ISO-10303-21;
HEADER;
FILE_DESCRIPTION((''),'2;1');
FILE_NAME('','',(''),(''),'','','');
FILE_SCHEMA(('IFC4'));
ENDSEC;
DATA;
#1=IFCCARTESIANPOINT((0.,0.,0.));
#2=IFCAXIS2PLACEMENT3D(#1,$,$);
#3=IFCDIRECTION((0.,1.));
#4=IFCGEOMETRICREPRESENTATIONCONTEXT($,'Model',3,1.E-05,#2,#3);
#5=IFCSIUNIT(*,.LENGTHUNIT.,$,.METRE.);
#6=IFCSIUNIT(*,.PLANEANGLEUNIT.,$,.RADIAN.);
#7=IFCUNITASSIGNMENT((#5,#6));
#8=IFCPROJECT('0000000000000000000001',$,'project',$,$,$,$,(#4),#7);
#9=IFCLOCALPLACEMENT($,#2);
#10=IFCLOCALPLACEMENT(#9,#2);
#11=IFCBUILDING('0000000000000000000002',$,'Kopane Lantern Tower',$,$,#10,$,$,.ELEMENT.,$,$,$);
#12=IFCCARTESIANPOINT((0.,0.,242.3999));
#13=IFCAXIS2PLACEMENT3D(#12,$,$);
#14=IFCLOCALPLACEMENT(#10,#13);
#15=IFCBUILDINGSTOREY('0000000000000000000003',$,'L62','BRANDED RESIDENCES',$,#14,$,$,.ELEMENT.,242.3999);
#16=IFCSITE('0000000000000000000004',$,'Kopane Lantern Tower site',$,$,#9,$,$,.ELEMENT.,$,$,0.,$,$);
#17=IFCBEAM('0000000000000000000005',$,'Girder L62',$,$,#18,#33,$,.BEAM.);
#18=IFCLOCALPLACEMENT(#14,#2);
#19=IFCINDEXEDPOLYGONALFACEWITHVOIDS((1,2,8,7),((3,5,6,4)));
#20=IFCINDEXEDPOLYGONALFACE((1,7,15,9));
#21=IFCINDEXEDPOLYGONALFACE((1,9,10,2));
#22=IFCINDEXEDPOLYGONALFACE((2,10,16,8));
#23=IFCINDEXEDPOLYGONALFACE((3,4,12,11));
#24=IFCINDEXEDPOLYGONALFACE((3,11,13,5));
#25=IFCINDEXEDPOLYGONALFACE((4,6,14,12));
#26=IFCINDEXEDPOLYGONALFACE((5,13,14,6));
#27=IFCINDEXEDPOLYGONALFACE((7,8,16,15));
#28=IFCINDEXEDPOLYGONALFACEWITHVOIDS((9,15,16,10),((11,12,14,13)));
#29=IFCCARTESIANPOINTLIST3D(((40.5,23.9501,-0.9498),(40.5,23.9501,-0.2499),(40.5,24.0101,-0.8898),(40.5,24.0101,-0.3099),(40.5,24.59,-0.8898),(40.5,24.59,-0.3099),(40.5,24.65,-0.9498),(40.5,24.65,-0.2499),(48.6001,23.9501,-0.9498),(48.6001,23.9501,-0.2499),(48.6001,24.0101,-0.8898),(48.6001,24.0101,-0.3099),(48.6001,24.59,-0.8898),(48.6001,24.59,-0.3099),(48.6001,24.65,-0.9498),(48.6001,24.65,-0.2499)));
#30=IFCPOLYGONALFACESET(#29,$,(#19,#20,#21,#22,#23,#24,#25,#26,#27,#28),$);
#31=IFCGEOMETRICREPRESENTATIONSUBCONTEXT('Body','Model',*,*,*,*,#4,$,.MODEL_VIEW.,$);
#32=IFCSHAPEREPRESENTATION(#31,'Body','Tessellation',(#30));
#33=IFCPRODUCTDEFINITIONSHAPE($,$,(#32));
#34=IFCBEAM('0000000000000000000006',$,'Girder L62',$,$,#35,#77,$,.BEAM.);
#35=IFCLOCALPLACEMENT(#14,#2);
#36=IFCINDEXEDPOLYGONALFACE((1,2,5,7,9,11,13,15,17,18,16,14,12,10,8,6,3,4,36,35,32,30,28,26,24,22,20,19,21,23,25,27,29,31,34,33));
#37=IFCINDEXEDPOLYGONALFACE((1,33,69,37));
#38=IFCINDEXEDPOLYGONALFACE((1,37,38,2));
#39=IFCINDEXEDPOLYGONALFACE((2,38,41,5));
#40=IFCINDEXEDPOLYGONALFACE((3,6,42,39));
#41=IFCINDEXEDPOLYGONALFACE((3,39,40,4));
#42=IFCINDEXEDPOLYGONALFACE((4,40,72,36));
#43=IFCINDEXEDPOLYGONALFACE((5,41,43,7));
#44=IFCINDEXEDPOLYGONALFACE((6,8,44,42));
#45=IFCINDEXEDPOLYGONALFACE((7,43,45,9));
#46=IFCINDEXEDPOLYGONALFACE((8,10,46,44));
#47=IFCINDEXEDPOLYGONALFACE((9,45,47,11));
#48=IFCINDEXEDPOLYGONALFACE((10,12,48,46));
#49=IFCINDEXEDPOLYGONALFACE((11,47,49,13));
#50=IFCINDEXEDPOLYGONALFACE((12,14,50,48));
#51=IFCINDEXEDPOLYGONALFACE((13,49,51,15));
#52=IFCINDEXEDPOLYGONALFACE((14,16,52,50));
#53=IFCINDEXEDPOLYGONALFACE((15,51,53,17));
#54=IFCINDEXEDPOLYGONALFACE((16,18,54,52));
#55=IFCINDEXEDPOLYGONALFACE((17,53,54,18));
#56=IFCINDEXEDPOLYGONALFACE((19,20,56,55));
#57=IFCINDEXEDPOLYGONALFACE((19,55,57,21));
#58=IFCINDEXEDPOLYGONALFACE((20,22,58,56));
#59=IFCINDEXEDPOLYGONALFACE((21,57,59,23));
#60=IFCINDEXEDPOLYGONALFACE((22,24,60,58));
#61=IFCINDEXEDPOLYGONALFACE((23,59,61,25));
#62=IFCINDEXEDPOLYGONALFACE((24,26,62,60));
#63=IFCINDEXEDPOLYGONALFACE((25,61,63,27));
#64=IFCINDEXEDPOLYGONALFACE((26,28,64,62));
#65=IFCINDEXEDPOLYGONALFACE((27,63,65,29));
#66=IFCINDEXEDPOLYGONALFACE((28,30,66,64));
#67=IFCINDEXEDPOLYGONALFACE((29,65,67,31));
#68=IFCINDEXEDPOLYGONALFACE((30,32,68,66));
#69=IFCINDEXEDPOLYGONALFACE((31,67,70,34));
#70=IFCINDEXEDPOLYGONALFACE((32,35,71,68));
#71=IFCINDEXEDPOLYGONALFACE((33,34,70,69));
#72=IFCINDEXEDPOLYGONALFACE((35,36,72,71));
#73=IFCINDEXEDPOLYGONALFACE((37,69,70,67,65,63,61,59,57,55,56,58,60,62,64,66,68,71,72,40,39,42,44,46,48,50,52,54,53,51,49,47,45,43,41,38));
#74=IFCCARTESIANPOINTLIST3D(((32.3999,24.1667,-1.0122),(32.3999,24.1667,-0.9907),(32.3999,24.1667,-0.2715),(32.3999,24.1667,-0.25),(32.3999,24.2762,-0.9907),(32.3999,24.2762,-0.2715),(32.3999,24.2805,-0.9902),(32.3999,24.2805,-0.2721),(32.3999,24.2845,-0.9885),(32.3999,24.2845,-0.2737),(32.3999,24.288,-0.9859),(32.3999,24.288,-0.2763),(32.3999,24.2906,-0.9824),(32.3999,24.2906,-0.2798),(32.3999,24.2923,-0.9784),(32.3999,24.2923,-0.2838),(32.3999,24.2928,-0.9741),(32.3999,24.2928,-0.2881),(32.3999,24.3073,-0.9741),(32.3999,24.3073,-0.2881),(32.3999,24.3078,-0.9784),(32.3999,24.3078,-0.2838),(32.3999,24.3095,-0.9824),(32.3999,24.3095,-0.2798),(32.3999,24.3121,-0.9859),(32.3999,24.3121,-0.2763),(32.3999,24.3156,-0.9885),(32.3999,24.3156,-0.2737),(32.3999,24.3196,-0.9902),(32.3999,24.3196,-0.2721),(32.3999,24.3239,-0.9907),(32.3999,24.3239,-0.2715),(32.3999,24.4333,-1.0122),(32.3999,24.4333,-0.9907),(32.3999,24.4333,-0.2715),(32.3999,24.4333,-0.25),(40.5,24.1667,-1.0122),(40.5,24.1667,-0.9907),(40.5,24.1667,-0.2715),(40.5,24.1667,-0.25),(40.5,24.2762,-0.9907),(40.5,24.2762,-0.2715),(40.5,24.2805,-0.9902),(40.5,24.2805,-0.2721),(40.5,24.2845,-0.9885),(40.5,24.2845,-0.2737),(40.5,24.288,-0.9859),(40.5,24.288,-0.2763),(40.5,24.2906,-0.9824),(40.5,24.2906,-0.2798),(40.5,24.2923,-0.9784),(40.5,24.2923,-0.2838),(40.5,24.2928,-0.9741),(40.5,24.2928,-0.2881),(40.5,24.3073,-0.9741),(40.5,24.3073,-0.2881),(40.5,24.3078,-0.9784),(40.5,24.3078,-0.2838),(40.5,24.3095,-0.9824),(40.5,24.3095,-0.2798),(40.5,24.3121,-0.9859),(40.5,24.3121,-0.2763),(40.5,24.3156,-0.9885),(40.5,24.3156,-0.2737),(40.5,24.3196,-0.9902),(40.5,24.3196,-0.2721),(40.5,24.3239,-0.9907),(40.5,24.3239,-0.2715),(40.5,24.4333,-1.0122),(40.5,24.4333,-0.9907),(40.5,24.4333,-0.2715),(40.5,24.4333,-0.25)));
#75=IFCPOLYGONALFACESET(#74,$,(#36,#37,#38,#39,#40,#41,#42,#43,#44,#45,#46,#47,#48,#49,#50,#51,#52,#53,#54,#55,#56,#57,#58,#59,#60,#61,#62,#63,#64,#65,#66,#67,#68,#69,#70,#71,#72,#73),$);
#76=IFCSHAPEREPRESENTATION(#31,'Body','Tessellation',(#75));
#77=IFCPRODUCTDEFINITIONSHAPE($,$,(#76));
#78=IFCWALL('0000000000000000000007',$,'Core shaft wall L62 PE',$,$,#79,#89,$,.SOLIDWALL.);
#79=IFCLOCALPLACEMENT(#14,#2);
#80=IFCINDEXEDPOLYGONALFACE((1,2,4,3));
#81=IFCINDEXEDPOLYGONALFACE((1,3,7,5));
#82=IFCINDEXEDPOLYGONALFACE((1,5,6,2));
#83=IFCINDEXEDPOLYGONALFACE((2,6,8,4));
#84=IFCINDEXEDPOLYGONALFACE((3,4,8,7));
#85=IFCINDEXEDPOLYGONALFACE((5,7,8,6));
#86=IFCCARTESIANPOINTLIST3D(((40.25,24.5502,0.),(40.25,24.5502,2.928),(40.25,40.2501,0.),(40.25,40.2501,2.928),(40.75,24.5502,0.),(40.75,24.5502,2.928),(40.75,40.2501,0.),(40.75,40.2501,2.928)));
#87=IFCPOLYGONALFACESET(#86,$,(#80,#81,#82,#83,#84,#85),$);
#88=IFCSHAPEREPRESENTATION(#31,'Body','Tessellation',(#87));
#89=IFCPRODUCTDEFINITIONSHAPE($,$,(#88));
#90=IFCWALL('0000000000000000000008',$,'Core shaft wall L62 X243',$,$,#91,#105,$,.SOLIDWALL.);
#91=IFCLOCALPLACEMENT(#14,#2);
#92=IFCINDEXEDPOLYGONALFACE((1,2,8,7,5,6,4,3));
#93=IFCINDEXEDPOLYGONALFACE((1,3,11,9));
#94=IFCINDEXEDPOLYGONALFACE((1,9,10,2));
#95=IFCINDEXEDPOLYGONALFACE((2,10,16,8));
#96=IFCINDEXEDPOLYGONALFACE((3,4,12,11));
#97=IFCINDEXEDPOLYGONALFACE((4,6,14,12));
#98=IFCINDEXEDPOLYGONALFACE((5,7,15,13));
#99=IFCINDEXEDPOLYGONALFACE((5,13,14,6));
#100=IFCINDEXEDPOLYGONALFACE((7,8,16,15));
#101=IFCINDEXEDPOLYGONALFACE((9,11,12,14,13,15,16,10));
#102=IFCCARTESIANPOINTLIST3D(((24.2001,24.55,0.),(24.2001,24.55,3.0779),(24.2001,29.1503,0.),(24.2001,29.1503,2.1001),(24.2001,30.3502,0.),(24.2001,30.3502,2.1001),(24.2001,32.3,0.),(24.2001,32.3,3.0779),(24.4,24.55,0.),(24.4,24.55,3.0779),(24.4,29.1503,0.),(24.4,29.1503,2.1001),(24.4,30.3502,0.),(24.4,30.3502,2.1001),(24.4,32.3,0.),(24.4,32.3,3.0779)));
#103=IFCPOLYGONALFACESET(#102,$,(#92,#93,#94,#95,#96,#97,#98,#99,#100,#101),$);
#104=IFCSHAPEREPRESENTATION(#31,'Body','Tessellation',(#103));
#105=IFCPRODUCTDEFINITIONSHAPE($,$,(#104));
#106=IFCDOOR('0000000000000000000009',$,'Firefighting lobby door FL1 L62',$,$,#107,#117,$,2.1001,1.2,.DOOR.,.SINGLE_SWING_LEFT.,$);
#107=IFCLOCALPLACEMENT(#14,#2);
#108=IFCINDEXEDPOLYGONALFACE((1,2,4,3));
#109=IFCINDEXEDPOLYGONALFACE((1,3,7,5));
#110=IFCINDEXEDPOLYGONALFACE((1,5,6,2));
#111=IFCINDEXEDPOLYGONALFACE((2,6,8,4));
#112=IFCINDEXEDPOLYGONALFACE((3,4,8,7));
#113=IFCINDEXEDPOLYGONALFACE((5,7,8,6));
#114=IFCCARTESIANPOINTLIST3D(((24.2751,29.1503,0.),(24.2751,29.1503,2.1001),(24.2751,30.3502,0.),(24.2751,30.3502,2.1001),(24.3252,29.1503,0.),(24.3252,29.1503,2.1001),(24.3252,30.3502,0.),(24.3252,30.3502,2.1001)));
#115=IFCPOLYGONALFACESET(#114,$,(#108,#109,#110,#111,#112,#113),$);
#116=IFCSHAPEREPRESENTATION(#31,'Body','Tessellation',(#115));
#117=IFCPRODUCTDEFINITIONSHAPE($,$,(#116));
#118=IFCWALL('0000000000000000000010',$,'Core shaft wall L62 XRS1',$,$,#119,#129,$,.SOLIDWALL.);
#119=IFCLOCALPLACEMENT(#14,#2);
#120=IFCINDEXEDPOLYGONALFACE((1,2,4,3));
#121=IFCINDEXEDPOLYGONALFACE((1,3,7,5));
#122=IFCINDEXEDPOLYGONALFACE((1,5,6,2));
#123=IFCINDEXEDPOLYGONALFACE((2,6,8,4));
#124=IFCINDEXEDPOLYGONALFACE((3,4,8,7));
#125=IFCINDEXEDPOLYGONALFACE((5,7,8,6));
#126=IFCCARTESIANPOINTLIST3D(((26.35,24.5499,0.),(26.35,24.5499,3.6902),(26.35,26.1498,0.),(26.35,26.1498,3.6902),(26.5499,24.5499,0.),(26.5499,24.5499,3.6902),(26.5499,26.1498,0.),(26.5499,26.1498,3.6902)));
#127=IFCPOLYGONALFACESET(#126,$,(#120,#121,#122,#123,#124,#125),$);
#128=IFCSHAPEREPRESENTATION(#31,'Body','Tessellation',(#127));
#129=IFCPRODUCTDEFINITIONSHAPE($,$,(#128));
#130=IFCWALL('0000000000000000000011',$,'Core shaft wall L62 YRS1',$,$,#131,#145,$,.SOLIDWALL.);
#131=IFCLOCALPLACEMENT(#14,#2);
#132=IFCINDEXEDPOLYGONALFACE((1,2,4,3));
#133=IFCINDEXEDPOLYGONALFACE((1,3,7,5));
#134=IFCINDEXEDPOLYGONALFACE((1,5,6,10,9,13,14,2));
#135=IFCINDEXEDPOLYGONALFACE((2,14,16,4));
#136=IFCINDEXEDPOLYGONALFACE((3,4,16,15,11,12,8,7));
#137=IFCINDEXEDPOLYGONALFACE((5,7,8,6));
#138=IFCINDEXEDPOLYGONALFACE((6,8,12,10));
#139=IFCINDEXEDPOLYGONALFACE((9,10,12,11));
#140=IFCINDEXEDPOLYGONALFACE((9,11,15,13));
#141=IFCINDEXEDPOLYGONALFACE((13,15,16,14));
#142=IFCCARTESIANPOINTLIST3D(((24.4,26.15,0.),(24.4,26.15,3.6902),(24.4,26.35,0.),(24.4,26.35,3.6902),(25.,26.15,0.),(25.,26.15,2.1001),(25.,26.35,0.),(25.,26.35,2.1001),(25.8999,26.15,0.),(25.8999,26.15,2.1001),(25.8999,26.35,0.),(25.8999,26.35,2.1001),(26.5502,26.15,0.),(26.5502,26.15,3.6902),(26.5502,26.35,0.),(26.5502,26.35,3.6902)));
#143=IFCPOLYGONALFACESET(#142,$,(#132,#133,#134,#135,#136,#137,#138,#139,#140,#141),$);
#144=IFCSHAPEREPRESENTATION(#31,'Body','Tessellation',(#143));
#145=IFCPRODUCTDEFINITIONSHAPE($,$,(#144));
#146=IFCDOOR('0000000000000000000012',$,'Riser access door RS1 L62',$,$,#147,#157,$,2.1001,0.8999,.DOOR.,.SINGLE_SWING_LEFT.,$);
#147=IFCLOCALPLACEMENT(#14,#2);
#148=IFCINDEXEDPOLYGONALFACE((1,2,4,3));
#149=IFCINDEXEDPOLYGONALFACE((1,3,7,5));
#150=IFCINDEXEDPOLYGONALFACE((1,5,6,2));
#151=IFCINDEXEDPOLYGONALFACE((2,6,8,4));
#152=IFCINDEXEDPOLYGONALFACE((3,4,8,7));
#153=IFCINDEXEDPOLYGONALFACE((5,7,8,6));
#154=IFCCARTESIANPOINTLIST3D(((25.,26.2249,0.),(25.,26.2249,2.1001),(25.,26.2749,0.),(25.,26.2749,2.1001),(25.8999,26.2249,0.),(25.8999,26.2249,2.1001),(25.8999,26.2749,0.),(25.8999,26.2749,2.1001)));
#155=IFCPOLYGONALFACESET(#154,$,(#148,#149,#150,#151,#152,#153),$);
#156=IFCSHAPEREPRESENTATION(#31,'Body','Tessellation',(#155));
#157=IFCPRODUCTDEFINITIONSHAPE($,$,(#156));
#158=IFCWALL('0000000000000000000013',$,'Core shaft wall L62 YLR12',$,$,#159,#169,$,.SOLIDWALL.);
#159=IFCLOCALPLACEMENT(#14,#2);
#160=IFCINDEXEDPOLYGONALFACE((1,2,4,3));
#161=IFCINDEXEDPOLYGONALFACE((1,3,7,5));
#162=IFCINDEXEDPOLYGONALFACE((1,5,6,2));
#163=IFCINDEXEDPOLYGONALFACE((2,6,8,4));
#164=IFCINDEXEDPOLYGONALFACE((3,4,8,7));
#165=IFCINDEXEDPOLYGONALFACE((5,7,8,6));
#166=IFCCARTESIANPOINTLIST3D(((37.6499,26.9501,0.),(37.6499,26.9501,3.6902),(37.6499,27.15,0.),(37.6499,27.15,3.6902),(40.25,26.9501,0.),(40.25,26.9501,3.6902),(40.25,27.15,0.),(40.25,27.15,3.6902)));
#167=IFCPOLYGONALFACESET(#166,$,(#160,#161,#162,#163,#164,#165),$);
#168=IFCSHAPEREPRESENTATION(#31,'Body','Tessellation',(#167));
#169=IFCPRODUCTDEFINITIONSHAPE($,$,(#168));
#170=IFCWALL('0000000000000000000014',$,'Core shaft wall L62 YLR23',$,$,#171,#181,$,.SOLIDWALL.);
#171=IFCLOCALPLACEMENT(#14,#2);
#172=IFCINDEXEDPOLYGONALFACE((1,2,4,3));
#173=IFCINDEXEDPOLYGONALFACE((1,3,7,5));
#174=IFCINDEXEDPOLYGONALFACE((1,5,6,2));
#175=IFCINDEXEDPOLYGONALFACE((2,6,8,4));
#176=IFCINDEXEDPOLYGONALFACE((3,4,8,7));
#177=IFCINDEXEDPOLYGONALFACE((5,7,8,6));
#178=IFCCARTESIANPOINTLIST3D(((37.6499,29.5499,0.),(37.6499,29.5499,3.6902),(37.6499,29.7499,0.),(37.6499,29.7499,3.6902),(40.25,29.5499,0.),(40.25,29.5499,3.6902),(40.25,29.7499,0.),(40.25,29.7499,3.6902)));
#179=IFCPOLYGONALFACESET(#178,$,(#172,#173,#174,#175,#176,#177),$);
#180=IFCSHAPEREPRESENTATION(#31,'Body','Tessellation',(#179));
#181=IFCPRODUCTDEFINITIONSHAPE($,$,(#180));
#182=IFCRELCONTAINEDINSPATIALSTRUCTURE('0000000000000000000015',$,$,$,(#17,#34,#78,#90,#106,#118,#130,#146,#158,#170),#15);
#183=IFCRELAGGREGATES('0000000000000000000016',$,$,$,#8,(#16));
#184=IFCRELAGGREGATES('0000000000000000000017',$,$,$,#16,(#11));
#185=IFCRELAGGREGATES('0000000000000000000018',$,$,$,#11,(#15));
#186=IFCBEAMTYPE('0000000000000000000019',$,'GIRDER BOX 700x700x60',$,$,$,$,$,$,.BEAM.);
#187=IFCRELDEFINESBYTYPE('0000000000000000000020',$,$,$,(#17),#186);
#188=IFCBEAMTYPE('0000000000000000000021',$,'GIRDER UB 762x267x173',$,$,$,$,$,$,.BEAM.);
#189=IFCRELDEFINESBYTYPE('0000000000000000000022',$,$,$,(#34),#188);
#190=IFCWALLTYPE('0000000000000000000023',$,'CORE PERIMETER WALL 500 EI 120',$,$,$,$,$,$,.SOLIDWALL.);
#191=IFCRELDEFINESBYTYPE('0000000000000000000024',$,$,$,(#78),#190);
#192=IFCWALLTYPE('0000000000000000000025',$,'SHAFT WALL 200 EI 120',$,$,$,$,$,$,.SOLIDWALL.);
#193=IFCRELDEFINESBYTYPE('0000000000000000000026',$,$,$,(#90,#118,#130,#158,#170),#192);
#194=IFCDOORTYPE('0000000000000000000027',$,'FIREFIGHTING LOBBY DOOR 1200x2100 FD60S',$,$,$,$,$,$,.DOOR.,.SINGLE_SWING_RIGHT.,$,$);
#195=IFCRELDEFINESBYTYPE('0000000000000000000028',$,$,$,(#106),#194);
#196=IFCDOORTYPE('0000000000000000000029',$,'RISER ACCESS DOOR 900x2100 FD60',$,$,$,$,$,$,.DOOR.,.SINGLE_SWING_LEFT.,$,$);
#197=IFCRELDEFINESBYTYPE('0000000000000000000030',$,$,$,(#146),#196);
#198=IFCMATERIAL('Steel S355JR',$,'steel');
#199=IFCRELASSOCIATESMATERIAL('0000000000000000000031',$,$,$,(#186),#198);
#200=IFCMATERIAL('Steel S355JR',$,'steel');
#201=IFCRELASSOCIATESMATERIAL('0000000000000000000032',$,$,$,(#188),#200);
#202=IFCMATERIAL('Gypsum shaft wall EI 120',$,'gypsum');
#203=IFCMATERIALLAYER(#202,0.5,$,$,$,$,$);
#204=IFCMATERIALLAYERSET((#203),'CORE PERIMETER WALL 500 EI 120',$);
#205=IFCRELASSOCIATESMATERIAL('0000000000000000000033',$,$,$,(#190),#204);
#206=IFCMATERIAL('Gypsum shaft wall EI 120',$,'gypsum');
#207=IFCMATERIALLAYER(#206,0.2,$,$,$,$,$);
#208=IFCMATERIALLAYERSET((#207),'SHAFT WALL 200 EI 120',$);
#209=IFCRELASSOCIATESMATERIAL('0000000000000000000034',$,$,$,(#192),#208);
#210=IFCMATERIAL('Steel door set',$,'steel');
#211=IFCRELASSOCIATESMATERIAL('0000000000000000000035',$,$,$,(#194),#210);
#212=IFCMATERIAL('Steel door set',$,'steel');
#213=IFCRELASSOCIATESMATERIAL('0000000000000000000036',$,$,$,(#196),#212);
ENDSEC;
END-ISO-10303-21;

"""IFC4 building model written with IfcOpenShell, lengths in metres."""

from ifc_helpers import new_model, si_unit, direction, frame, frame_2d, origin, origin_2d, place, context, subcontext, project, spatial, rectangle, hollow_rectangle, i_section, extrude, material, layer, layer_set, material_profile, profile_set, type_object, element, fill, save


model = new_model("IFC4")

# Units and contexts
model_context = context("Model", 3, precision=1e-05, world=origin(), true_north=direction((0.0, 1.0)))
body_context = subcontext(model_context, "Body", "Model", "MODEL_VIEW")
ifc_project = project(units=[si_unit("LENGTHUNIT", "METRE"), si_unit("PLANEANGLEUNIT", "RADIAN")], contexts=[model_context])

# Site, building, storey
site_placement = place(None, origin())
site = spatial("IfcSite", under=ifc_project, at=site_placement, Name="Kopane Lantern Tower site", CompositionType="ELEMENT", RefElevation=0.0)
building_placement = place(site_placement, origin())
building = spatial("IfcBuilding", under=site, at=building_placement, Name="Kopane Lantern Tower", CompositionType="ELEMENT")
storey_placement = place(building_placement, frame((0.0, 0.0, 242.3999)))
storey = spatial("IfcBuildingStorey", under=building, at=storey_placement, Name="L62", Description="BRANDED RESIDENCES", CompositionType="ELEMENT", Elevation=242.3999)

# Beams
ifc_material_1 = material(Name="Steel S355JR", Category="steel")
ifc_material_profile_1 = material_profile(ifc_material_1, hollow_rectangle(XDim=0.7, YDim=0.7, WallThickness=0.0601, at=origin_2d()), Name="BOX 700x700x60")
ifc_profile_set_1 = profile_set([ifc_material_profile_1], Name="Steel S355JR")
beam_type_1 = type_object("IfcBeamType", Name="GIRDER BOX 700x700x60", PredefinedType="BEAM", material=ifc_profile_set_1)
beam_1_placement = place(storey_placement, frame((40.5, 24.3, -0.5999), z_axis=(1.0, 0.0, 0.0), x_axis=(0.0, 1.0, 0.0)))
element("IfcBeam", 1, at=beam_1_placement, inside=storey, type_object=beam_type_1, Name="Girder L62", PredefinedType="BEAM", context=body_context, shape_type="SweptSolid", body=[
    extrude(hollow_rectangle(XDim=0.7, YDim=0.7, WallThickness=0.0601, at=origin_2d()), origin(), (0.0, 0.0, 1.0), 8.1001),
])
ifc_material_2 = material(Name="Steel S355JR", Category="steel")
ifc_material_profile_2 = material_profile(ifc_material_2, i_section(OverallWidth=0.2666, OverallDepth=0.7622, WebThickness=0.0144, FlangeThickness=0.0215, FilletRadius=0.0166, at=origin_2d()), Name="UB 762x267x173")
ifc_profile_set_2 = profile_set([ifc_material_profile_2], Name="Steel S355JR")
beam_type_2 = type_object("IfcBeamType", Name="GIRDER UB 762x267x173", PredefinedType="BEAM", material=ifc_profile_set_2)
beam_2_placement = place(storey_placement, frame((32.3999, 24.3, -0.6311), z_axis=(1.0, 0.0, 0.0), x_axis=(0.0, 1.0, 0.0)))
element("IfcBeam", 2, at=beam_2_placement, inside=storey, type_object=beam_type_2, Name="Girder L62", PredefinedType="BEAM", context=body_context, shape_type="SweptSolid", body=[
    extrude(i_section(OverallWidth=0.2666, OverallDepth=0.7622, WebThickness=0.0144, FlangeThickness=0.0215, FilletRadius=0.0166, at=origin_2d()), origin(), (0.0, 0.0, 1.0), 8.1001),
])

# Wall
ifc_material_3 = material(Name="Gypsum shaft wall EI 120", Category="gypsum")
ifc_layer_1 = layer(ifc_material_3, 0.5)
ifc_layer_set_1 = layer_set([ifc_layer_1], Name="CORE PERIMETER WALL 500 EI 120")
wall_type_1 = type_object("IfcWallType", Name="CORE PERIMETER WALL 500 EI 120", PredefinedType="SOLIDWALL", material=ifc_layer_set_1)
wall_1_placement = place(storey_placement, frame((40.5, 24.55, 0.0), z_axis=(0.0, 0.0, 1.0), x_axis=(0.0, 1.0, 0.0)))
element("IfcWall", 3, at=wall_1_placement, inside=storey, type_object=wall_type_1, Name="Core shaft wall L62 PE", PredefinedType="SOLIDWALL", context=body_context, shape_type="SweptSolid", body=[
    extrude(rectangle(XDim=15.7, YDim=0.5, at=frame_2d((7.8501, 0.0))), origin(), (0.0, 0.0, 1.0), 2.928),
])

# Wall, opening, door
ifc_material_4 = material(Name="Gypsum shaft wall EI 120", Category="gypsum")
ifc_layer_2 = layer(ifc_material_4, 0.2)
ifc_layer_set_2 = layer_set([ifc_layer_2], Name="SHAFT WALL 200 EI 120")
wall_type_2 = type_object("IfcWallType", Name="SHAFT WALL 200 EI 120", PredefinedType="SOLIDWALL", material=ifc_layer_set_2)
wall_2_placement = place(storey_placement, frame((24.3, 24.55, 0.0), z_axis=(0.0, 0.0, 1.0), x_axis=(0.0, 1.0, 0.0)))
wall_2 = element("IfcWall", 4, at=wall_2_placement, inside=storey, type_object=wall_type_2, Name="Core shaft wall L62 X243", PredefinedType="SOLIDWALL", context=body_context, shape_type="SweptSolid", body=[
    extrude(rectangle(XDim=7.75, YDim=0.2, at=frame_2d((3.875, 0.0))), origin(), (0.0, 0.0, 1.0), 3.0779),
])
opening_1_placement = place(wall_2_placement, frame((4.6001, 0.0, 0.0)))
opening_1 = element("IfcOpeningElement", 5, at=opening_1_placement, cuts=wall_2, PredefinedType="OPENING", context=body_context, shape_type="SweptSolid", body=[
    extrude(rectangle(XDim=1.2, YDim=2.1001, at=frame_2d((0.6001, 1.05))), frame((0.0, 0.1099, 0.0), z_axis=(0.0, -1.0, 0.0), x_axis=(1.0, 0.0, 0.0)), (0.0, 0.0, 1.0), 0.22),
])
ifc_material_5 = material(Name="Steel door set", Category="steel")
door_type_1 = type_object("IfcDoorType", Name="FIREFIGHTING LOBBY DOOR 1200x2100 FD60S", OperationType="SINGLE_SWING_RIGHT", PredefinedType="DOOR", material=ifc_material_5)
door_1_placement = place(opening_1_placement, origin())
door_1 = element("IfcDoor", 6, at=door_1_placement, inside=storey, type_object=door_type_1, Name="Firefighting lobby door FL1 L62", OperationType="SINGLE_SWING_LEFT", OverallHeight=2.1001, OverallWidth=1.2, PredefinedType="DOOR", context=body_context, shape_type="SweptSolid", body=[
    extrude(rectangle(XDim=1.2, YDim=2.1001, at=frame_2d((0.6001, 1.05))), frame((0.0, 0.0249, 0.0), z_axis=(0.0, -1.0, 0.0), x_axis=(1.0, 0.0, 0.0)), (0.0, 0.0, 1.0), 0.05),
])
fill(opening_1, door_1)

# Wall
wall_3_placement = place(storey_placement, frame((26.45, 24.55, 0.0), z_axis=(0.0, 0.0, 1.0), x_axis=(0.0, 1.0, 0.0)))
element("IfcWall", 7, at=wall_3_placement, inside=storey, type_object=wall_type_2, Name="Core shaft wall L62 XRS1", PredefinedType="SOLIDWALL", context=body_context, shape_type="SweptSolid", body=[
    extrude(rectangle(XDim=1.5999, YDim=0.2, at=frame_2d((0.7998, 0.0))), origin(), (0.0, 0.0, 1.0), 3.6902),
])

# Wall, opening, door
wall_4_placement = place(storey_placement, frame((24.3999, 26.25, 0.0), z_axis=(0.0, 0.0, 1.0), x_axis=(1.0, 0.0, 0.0)))
wall_4 = element("IfcWall", 8, at=wall_4_placement, inside=storey, type_object=wall_type_2, Name="Core shaft wall L62 YRS1", PredefinedType="SOLIDWALL", context=body_context, shape_type="SweptSolid", body=[
    extrude(rectangle(XDim=2.1501, YDim=0.2, at=frame_2d((1.0752, 0.0))), origin(), (0.0, 0.0, 1.0), 3.6902),
])
opening_2_placement = place(wall_4_placement, frame((0.6001, 0.0, 0.0)))
opening_2 = element("IfcOpeningElement", 9, at=opening_2_placement, cuts=wall_4, PredefinedType="OPENING", context=body_context, shape_type="SweptSolid", body=[
    extrude(rectangle(XDim=0.8999, YDim=2.1001, at=frame_2d((0.45, 1.05))), frame((0.0, 0.1099, 0.0), z_axis=(0.0, -1.0, 0.0), x_axis=(1.0, 0.0, 0.0)), (0.0, 0.0, 1.0), 0.22),
])
ifc_material_6 = material(Name="Steel door set", Category="steel")
door_type_2 = type_object("IfcDoorType", Name="RISER ACCESS DOOR 900x2100 FD60", OperationType="SINGLE_SWING_LEFT", PredefinedType="DOOR", material=ifc_material_6)
door_2_placement = place(opening_2_placement, origin())
door_2 = element("IfcDoor", 10, at=door_2_placement, inside=storey, type_object=door_type_2, Name="Riser access door RS1 L62", OperationType="SINGLE_SWING_LEFT", OverallHeight=2.1001, OverallWidth=0.8999, PredefinedType="DOOR", context=body_context, shape_type="SweptSolid", body=[
    extrude(rectangle(XDim=0.8999, YDim=2.1001, at=frame_2d((0.45, 1.05))), frame((0.0, 0.0249, 0.0), z_axis=(0.0, -1.0, 0.0), x_axis=(1.0, 0.0, 0.0)), (0.0, 0.0, 1.0), 0.05),
])
fill(opening_2, door_2)

# Walls
for number, where, z_axis, x_axis, name in (
    (11, (37.6499, 27.05, 0.0), (0.0, 0.0, 1.0), (1.0, 0.0, 0.0), "Core shaft wall L62 YLR12"),
    (12, (37.6499, 29.6499, 0.0), (0.0, 0.0, 1.0), (1.0, 0.0, 0.0), "Core shaft wall L62 YLR23"),
):
    element("IfcWall", number, at=place(storey_placement, frame(where, z_axis=z_axis, x_axis=x_axis)), inside=storey, type_object=wall_type_2, Name=name, PredefinedType="SOLIDWALL", context=body_context, shape_type="SweptSolid", body=[
        extrude(rectangle(XDim=2.6001, YDim=0.2, at=frame_2d((1.3, 0.0))), origin(), (0.0, 0.0, 1.0), 3.6902),
    ])

save(model, "model.ifc")
